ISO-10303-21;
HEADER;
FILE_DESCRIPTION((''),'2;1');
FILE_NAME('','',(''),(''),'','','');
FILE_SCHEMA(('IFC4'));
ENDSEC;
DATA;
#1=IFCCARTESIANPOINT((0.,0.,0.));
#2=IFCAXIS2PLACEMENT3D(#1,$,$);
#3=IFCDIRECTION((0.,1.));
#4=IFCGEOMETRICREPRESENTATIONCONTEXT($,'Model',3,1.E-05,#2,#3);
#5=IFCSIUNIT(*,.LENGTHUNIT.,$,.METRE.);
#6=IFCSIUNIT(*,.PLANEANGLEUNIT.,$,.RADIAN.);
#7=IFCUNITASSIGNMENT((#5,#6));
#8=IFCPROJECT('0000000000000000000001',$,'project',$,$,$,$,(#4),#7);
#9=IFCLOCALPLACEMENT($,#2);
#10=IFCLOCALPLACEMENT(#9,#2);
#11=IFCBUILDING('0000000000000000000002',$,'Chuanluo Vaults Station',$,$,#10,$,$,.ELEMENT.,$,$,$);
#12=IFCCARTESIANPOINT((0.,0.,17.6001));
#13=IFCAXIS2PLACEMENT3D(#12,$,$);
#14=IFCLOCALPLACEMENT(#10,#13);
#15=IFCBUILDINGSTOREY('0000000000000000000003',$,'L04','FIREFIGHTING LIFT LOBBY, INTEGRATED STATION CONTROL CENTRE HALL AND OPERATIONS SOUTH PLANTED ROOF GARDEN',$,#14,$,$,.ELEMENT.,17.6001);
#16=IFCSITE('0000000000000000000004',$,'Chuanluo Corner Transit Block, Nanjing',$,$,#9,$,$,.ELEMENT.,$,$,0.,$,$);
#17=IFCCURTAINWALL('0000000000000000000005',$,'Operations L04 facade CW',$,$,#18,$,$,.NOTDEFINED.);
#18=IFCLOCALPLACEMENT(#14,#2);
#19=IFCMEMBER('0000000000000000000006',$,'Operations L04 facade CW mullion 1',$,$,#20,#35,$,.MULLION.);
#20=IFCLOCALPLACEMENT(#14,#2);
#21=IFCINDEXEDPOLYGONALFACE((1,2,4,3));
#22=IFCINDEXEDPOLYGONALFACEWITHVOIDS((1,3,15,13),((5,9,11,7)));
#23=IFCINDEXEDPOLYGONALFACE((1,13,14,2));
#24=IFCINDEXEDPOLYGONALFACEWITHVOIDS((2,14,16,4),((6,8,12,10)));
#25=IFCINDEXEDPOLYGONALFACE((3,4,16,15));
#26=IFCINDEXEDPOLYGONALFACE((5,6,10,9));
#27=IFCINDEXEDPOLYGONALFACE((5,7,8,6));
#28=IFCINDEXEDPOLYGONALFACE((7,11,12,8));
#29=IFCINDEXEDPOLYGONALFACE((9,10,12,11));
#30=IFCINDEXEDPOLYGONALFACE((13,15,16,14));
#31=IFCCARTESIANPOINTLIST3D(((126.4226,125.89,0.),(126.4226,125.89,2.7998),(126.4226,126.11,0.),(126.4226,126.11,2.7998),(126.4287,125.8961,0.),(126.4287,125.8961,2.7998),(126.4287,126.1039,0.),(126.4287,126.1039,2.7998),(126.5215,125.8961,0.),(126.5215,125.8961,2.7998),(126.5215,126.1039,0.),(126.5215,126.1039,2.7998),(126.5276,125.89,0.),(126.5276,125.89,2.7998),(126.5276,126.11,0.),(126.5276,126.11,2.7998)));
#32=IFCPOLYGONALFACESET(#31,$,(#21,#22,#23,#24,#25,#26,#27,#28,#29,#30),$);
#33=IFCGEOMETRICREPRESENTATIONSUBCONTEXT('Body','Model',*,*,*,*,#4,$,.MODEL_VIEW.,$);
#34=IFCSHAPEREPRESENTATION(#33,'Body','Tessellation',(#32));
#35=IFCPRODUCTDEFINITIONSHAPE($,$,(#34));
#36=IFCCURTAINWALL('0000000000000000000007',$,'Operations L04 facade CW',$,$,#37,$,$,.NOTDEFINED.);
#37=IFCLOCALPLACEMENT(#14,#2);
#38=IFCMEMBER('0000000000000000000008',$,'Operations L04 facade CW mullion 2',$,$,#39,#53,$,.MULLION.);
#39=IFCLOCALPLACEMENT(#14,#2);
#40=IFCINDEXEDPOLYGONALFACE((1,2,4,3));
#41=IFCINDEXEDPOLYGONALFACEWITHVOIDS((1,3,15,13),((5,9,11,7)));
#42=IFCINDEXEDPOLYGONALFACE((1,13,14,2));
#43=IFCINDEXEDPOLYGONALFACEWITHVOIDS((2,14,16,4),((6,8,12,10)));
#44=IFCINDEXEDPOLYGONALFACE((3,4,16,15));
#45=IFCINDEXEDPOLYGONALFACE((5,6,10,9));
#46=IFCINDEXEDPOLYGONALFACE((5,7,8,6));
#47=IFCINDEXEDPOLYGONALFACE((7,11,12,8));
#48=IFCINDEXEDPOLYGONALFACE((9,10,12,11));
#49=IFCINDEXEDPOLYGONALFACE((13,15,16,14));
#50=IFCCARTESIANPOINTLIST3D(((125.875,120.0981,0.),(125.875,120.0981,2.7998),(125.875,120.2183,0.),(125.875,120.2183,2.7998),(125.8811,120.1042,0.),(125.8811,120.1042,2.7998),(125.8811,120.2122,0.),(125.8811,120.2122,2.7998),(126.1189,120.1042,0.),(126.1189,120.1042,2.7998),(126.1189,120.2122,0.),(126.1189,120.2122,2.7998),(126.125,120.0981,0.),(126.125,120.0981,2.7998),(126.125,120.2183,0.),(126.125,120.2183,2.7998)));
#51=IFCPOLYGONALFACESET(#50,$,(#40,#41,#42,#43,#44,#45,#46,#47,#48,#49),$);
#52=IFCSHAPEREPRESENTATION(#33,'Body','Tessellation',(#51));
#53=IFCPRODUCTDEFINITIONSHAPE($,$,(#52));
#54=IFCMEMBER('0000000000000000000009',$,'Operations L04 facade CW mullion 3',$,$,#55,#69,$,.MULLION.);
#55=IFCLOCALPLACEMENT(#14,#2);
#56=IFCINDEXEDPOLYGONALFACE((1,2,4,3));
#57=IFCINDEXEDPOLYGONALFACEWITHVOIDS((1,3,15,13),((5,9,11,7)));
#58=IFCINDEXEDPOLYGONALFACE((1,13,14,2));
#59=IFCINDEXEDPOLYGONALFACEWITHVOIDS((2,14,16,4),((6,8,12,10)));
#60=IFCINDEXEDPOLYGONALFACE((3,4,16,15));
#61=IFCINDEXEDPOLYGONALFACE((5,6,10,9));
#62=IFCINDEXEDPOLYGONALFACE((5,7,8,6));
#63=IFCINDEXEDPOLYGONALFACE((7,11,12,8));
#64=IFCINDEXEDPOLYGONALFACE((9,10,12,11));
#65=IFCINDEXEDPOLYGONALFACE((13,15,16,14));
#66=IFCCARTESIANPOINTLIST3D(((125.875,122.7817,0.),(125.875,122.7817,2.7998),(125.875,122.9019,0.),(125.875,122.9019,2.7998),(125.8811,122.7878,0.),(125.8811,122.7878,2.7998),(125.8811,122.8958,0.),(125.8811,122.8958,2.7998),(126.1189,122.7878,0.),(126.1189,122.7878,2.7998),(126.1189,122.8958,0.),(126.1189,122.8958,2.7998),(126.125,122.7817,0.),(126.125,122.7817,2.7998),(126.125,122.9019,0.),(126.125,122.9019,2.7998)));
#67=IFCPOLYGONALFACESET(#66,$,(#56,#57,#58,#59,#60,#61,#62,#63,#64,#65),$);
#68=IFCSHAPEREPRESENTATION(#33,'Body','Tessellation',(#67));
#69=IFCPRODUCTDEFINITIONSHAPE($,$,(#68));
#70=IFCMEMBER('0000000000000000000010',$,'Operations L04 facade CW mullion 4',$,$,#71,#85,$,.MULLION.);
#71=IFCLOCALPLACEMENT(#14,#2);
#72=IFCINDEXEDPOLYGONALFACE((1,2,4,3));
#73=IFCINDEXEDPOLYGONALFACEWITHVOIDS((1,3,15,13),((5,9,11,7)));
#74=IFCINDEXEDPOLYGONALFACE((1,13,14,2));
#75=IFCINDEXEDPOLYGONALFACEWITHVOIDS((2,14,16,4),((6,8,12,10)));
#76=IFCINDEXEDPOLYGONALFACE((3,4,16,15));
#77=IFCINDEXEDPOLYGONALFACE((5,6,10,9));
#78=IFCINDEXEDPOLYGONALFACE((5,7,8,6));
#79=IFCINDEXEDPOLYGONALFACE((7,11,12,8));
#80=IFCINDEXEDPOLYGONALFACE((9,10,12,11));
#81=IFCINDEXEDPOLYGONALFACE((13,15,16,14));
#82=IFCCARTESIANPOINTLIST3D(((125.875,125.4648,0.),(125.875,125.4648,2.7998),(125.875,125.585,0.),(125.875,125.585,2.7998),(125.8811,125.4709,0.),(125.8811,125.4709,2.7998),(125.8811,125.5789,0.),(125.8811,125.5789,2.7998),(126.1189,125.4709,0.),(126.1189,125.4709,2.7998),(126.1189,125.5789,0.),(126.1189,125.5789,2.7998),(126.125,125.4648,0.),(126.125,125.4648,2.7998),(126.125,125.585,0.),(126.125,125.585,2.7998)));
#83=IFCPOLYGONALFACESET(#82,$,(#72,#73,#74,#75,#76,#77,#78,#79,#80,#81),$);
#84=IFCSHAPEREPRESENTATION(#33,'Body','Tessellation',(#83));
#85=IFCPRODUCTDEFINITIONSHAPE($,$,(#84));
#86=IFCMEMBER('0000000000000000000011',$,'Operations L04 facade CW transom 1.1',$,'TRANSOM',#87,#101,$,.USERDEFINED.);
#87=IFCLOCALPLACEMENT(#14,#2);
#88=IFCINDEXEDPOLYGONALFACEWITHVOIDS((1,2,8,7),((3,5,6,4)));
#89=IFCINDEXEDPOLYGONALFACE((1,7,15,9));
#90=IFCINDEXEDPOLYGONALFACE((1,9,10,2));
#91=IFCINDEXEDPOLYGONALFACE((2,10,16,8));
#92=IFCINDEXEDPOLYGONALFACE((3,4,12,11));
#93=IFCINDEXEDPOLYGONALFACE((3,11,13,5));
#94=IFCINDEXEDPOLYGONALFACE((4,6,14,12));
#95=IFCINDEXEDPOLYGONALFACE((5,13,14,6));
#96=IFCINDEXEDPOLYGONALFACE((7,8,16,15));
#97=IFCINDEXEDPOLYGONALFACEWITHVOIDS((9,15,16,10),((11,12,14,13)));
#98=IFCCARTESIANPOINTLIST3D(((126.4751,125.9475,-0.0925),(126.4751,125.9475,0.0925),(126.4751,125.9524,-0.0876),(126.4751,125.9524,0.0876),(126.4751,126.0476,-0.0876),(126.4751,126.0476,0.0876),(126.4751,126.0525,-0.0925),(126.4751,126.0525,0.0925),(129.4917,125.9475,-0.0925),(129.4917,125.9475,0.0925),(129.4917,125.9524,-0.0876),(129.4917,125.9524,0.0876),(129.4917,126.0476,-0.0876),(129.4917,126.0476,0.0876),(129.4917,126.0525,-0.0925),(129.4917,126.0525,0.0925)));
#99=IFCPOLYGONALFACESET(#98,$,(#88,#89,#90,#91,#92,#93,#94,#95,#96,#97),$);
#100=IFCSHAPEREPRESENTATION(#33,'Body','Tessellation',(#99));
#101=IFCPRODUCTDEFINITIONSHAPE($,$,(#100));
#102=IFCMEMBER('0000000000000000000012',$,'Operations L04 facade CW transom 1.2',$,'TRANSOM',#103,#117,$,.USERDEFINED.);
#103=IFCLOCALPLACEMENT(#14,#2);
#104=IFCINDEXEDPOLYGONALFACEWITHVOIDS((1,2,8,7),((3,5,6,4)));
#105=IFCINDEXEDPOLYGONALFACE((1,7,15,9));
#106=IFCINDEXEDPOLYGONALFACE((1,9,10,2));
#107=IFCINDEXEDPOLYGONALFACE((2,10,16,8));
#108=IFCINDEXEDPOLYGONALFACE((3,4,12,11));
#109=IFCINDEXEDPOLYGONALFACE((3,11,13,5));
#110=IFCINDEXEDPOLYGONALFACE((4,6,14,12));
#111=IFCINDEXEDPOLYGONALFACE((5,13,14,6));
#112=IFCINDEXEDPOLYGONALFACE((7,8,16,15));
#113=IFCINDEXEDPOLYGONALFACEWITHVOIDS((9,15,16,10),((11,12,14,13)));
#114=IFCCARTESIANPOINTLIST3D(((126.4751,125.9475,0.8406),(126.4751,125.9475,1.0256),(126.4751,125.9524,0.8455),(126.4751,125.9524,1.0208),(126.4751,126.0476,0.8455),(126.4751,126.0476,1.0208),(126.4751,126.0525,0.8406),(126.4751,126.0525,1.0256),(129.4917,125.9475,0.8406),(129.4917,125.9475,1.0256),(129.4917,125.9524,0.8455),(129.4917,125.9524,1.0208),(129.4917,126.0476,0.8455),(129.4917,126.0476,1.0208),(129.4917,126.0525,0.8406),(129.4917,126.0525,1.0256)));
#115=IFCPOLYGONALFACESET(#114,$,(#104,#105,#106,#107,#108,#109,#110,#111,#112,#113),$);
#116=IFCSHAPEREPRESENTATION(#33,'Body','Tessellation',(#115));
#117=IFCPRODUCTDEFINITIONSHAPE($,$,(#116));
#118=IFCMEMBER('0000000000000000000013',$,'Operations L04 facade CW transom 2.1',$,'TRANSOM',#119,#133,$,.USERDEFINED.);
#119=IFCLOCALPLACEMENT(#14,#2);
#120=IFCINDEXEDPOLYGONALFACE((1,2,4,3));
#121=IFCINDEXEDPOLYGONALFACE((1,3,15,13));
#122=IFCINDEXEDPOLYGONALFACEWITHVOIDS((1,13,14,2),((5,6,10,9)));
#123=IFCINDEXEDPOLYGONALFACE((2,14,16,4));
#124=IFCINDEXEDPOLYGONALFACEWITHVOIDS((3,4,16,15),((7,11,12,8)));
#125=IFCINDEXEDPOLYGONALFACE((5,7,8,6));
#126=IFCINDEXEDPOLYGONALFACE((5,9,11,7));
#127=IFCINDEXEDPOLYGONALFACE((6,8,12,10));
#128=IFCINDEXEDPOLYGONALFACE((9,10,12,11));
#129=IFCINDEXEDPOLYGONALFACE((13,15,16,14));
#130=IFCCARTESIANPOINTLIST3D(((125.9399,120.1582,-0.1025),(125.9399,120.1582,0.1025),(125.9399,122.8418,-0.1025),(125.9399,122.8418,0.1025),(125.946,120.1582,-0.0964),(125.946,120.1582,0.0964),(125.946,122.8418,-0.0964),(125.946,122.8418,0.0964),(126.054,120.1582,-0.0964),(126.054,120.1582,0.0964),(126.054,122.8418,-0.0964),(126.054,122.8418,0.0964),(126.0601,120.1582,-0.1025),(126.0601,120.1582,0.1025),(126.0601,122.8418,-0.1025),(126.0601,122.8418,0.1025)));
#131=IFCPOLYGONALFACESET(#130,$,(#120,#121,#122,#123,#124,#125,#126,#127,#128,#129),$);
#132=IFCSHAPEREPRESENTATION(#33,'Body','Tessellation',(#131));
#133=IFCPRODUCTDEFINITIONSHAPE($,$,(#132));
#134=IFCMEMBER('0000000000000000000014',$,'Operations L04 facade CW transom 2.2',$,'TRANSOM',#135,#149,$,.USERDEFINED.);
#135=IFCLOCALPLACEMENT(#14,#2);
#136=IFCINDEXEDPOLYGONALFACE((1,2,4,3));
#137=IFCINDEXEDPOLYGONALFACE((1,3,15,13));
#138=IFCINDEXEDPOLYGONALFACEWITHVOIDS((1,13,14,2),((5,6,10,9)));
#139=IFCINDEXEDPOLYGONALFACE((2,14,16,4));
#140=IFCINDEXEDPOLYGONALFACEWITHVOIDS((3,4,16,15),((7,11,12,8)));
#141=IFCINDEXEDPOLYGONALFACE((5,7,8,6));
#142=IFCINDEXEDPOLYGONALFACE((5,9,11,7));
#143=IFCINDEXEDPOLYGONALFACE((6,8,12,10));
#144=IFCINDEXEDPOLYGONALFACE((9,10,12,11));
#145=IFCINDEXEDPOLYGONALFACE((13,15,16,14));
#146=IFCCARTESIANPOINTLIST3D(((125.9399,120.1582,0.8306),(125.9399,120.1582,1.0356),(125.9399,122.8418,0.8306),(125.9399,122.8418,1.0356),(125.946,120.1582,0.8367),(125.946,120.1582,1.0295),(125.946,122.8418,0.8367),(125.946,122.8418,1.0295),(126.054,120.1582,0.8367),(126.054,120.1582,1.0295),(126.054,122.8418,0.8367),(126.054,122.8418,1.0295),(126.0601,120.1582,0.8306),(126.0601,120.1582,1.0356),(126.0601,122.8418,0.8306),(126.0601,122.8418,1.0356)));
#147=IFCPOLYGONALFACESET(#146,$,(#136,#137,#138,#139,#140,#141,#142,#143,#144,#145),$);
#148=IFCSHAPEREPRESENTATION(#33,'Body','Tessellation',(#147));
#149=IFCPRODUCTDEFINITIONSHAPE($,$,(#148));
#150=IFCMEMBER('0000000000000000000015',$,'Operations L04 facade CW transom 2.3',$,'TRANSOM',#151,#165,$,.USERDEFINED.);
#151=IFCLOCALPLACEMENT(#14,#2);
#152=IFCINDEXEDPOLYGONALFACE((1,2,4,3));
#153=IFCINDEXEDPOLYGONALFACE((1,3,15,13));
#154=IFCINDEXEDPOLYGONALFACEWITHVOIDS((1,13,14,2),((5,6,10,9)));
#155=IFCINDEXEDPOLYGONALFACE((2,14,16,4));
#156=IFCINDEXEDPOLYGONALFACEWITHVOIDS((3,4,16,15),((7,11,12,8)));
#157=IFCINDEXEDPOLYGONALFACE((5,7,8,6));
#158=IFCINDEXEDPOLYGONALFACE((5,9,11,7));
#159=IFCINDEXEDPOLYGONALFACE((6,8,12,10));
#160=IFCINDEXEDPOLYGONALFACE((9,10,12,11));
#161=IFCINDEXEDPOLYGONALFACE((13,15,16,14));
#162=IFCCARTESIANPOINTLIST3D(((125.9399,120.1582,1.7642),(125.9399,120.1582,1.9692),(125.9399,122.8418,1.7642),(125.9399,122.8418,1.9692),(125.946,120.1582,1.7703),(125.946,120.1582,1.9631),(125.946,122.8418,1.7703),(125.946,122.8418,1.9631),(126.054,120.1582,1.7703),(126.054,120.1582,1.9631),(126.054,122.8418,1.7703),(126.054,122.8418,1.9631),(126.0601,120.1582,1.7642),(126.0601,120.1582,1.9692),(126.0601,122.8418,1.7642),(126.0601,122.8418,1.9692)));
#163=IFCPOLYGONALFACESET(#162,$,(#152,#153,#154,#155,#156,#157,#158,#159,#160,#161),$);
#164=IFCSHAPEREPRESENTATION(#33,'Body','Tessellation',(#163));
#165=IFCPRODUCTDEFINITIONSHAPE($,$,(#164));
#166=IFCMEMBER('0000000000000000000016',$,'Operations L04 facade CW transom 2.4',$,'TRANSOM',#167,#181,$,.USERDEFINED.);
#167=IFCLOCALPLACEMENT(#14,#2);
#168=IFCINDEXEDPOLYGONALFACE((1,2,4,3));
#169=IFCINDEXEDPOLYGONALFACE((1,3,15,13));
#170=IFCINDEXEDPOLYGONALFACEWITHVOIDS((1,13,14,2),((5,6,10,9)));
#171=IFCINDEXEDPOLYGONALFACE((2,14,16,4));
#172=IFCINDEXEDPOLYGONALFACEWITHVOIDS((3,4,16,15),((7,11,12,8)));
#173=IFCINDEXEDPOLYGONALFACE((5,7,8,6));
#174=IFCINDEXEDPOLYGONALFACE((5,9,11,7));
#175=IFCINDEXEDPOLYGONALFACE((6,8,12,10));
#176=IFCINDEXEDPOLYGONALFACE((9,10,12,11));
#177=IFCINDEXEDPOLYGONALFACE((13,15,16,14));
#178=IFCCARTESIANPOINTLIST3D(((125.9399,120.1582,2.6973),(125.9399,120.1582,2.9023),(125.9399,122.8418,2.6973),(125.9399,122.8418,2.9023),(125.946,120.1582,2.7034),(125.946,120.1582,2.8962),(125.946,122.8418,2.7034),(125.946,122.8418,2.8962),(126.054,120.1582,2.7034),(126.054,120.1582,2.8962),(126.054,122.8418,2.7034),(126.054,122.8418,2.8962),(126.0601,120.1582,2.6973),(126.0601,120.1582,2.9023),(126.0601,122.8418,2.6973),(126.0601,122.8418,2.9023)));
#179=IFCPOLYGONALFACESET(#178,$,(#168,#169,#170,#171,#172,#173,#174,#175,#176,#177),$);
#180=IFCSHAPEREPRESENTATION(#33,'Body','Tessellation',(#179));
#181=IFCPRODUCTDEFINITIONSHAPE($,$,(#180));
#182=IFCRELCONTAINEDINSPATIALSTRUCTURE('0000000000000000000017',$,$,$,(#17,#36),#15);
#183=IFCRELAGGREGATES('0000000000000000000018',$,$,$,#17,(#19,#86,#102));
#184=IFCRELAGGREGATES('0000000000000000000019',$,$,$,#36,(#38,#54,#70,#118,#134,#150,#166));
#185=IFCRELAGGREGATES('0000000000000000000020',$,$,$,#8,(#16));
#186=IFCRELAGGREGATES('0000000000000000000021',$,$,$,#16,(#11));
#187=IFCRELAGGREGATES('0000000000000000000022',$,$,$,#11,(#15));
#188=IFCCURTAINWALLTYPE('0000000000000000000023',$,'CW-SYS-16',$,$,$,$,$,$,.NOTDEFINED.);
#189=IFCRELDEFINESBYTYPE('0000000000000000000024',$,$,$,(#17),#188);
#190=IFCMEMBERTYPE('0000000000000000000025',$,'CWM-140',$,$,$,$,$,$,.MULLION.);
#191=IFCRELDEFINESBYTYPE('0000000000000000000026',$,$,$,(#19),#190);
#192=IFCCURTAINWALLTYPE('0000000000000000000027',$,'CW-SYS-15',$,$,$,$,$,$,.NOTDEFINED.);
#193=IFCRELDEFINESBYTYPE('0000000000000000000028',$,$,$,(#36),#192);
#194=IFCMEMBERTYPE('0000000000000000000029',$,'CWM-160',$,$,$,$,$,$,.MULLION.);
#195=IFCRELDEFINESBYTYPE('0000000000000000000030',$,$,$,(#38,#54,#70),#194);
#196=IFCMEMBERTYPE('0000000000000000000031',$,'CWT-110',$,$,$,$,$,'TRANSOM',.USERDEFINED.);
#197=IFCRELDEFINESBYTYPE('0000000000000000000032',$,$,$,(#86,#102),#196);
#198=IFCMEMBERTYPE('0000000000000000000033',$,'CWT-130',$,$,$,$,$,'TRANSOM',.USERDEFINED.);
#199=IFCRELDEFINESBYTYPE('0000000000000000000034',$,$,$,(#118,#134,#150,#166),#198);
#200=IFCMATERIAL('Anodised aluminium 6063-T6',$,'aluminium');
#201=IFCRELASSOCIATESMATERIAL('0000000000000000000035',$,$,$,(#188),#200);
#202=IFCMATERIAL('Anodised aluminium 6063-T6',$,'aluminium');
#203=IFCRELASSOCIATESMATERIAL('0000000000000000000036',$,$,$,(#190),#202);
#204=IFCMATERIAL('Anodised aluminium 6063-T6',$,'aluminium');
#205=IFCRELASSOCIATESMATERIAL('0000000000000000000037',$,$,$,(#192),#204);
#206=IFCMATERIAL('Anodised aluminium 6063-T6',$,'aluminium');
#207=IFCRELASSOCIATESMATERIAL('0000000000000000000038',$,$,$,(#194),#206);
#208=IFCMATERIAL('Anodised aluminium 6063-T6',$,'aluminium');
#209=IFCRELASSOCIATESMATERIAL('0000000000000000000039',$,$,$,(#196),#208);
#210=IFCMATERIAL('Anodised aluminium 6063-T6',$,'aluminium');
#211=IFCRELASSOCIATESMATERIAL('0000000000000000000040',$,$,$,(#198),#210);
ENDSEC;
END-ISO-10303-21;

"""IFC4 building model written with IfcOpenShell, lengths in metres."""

from ifc_helpers import new_model, si_unit, direction, frame, origin, origin_2d, place, context, subcontext, project, spatial, hollow_rectangle, extrude, material, material_profile, profile_set, type_object, element, aggregate, save


model = new_model("IFC4")

# Units and contexts
model_context = context("Model", 3, precision=1e-05, world=origin(), true_north=direction((0.0, 1.0)))
body_context = subcontext(model_context, "Body", "Model", "MODEL_VIEW")
ifc_project = project(units=[si_unit("LENGTHUNIT", "METRE"), si_unit("PLANEANGLEUNIT", "RADIAN")], contexts=[model_context])

# Site, building, storey
site_placement = place(None, origin())
site = spatial("IfcSite", under=ifc_project, at=site_placement, Name="Chuanluo Corner Transit Block, Nanjing", CompositionType="ELEMENT", RefElevation=0.0)
building_placement = place(site_placement, origin())
building = spatial("IfcBuilding", under=site, at=building_placement, Name="Chuanluo Vaults Station", CompositionType="ELEMENT")
storey_placement = place(building_placement, frame((0.0, 0.0, 17.6001)))
storey = spatial("IfcBuildingStorey", under=building, at=storey_placement, Name="L04", Description="FIREFIGHTING LIFT LOBBY, INTEGRATED STATION CONTROL CENTRE HALL AND OPERATIONS SOUTH PLANTED ROOF GARDEN", CompositionType="ELEMENT", Elevation=17.6001)

# Curtain wall, member
ifc_material_1 = material(Name="Anodised aluminium 6063-T6", Category="aluminium")
curtain_wall_type_1 = type_object("IfcCurtainWallType", Name="CW-SYS-16", PredefinedType="NOTDEFINED", material=ifc_material_1)
curtain_wall_1_placement = place(storey_placement, origin())
curtain_wall_1 = element("IfcCurtainWall", 1, at=curtain_wall_1_placement, inside=storey, type_object=curtain_wall_type_1, Name="Operations L04 facade CW", PredefinedType="NOTDEFINED")
ifc_material_2 = material(Name="Anodised aluminium 6063-T6", Category="aluminium")
ifc_material_profile_1 = material_profile(ifc_material_2, hollow_rectangle(XDim=0.105, YDim=0.22, WallThickness=0.0061, at=origin_2d()))
ifc_profile_set_1 = profile_set([ifc_material_profile_1], Name="Anodised aluminium 6063-T6")
member_type_1 = type_object("IfcMemberType", Name="CWM-140", PredefinedType="MULLION", material=ifc_profile_set_1)
member_1_placement = place(storey_placement, frame((126.4751, 126.0, 0.0), z_axis=(0.0, 0.0, 1.0), x_axis=(1.0, 0.0, 0.0)))
member_1 = element("IfcMember", 2, at=member_1_placement, type_object=member_type_1, Name="Operations L04 facade CW mullion 1", PredefinedType="MULLION", context=body_context, shape_type="SweptSolid", body=[
    extrude(hollow_rectangle(XDim=0.105, YDim=0.22, WallThickness=0.0061, at=origin_2d()), origin(), (0.0, 0.0, 1.0), 2.7998),
])

# Curtain wall, members
ifc_material_3 = material(Name="Anodised aluminium 6063-T6", Category="aluminium")
curtain_wall_type_2 = type_object("IfcCurtainWallType", Name="CW-SYS-15", PredefinedType="NOTDEFINED", material=ifc_material_3)
curtain_wall_2_placement = place(storey_placement, origin())
curtain_wall_2 = element("IfcCurtainWall", 3, at=curtain_wall_2_placement, inside=storey, type_object=curtain_wall_type_2, Name="Operations L04 facade CW", PredefinedType="NOTDEFINED")
ifc_material_4 = material(Name="Anodised aluminium 6063-T6", Category="aluminium")
ifc_material_profile_2 = material_profile(ifc_material_4, hollow_rectangle(XDim=0.1201, YDim=0.25, WallThickness=0.0061, at=origin_2d()))
ifc_profile_set_2 = profile_set([ifc_material_profile_2], Name="Anodised aluminium 6063-T6")
member_type_2 = type_object("IfcMemberType", Name="CWM-160", PredefinedType="MULLION", material=ifc_profile_set_2)
member_2_placement = place(storey_placement, frame((126.0, 120.1582, 0.0), z_axis=(0.0, 0.0, 1.0), x_axis=(0.0, 1.0, 0.0)))
member_2 = element("IfcMember", 4, at=member_2_placement, type_object=member_type_2, Name="Operations L04 facade CW mullion 2", PredefinedType="MULLION", context=body_context, shape_type="SweptSolid", body=[
    extrude(hollow_rectangle(XDim=0.1201, YDim=0.25, WallThickness=0.0061, at=origin_2d()), origin(), (0.0, 0.0, 1.0), 2.7998),
])
member_3_placement = place(storey_placement, frame((126.0, 122.8418, 0.0), z_axis=(0.0, 0.0, 1.0), x_axis=(0.0, 1.0, 0.0)))
member_3 = element("IfcMember", 5, at=member_3_placement, type_object=member_type_2, Name="Operations L04 facade CW mullion 3", PredefinedType="MULLION", context=body_context, shape_type="SweptSolid", body=[
    extrude(hollow_rectangle(XDim=0.1201, YDim=0.25, WallThickness=0.0061, at=origin_2d()), origin(), (0.0, 0.0, 1.0), 2.7998),
])
member_4_placement = place(storey_placement, frame((126.0, 125.5249, 0.0), z_axis=(0.0, 0.0, 1.0), x_axis=(0.0, 1.0, 0.0)))
member_4 = element("IfcMember", 6, at=member_4_placement, type_object=member_type_2, Name="Operations L04 facade CW mullion 4", PredefinedType="MULLION", context=body_context, shape_type="SweptSolid", body=[
    extrude(hollow_rectangle(XDim=0.1201, YDim=0.25, WallThickness=0.0061, at=origin_2d()), origin(), (0.0, 0.0, 1.0), 2.7998),
])

# Members
ifc_material_5 = material(Name="Anodised aluminium 6063-T6", Category="aluminium")
ifc_material_profile_3 = material_profile(ifc_material_5, hollow_rectangle(XDim=0.105, YDim=0.1851, WallThickness=0.0049, at=origin_2d()))
ifc_profile_set_3 = profile_set([ifc_material_profile_3], Name="Anodised aluminium 6063-T6")
member_type_3 = type_object("IfcMemberType", Name="CWT-110", ElementType="TRANSOM", PredefinedType="USERDEFINED", material=ifc_profile_set_3)
member_5_placement = place(storey_placement, frame((126.4751, 126.0, 0.0), z_axis=(1.0, 0.0, 0.0), x_axis=(0.0, 1.0, 0.0)))
member_5 = element("IfcMember", 7, at=member_5_placement, type_object=member_type_3, Name="Operations L04 facade CW transom 1.1", ObjectType="TRANSOM", PredefinedType="USERDEFINED", context=body_context, shape_type="SweptSolid", body=[
    extrude(hollow_rectangle(XDim=0.105, YDim=0.1851, WallThickness=0.0049, at=origin_2d()), origin(), (0.0, 0.0, 1.0), 3.0166),
])
member_6_placement = place(storey_placement, frame((126.4751, 126.0, 0.9331), z_axis=(1.0, 0.0, 0.0), x_axis=(0.0, 1.0, 0.0)))
member_6 = element("IfcMember", 8, at=member_6_placement, type_object=member_type_3, Name="Operations L04 facade CW transom 1.2", ObjectType="TRANSOM", PredefinedType="USERDEFINED", context=body_context, shape_type="SweptSolid", body=[
    extrude(hollow_rectangle(XDim=0.105, YDim=0.1851, WallThickness=0.0049, at=origin_2d()), origin(), (0.0, 0.0, 1.0), 3.0166),
])
aggregate(curtain_wall_1, [member_1, member_5, member_6])
ifc_material_6 = material(Name="Anodised aluminium 6063-T6", Category="aluminium")
ifc_material_profile_4 = material_profile(ifc_material_6, hollow_rectangle(XDim=0.1201, YDim=0.2051, WallThickness=0.0061, at=origin_2d()))
ifc_profile_set_4 = profile_set([ifc_material_profile_4], Name="Anodised aluminium 6063-T6")
member_type_4 = type_object("IfcMemberType", Name="CWT-130", ElementType="TRANSOM", PredefinedType="USERDEFINED", material=ifc_profile_set_4)
member_7_placement = place(storey_placement, frame((126.0, 120.1582, 0.0), z_axis=(0.0, 1.0, 0.0), x_axis=(-1.0, 0.0, 0.0)))
member_7 = element("IfcMember", 9, at=member_7_placement, type_object=member_type_4, Name="Operations L04 facade CW transom 2.1", ObjectType="TRANSOM", PredefinedType="USERDEFINED", context=body_context, shape_type="SweptSolid", body=[
    extrude(hollow_rectangle(XDim=0.1201, YDim=0.2051, WallThickness=0.0061, at=origin_2d()), origin(), (0.0, 0.0, 1.0), 2.6836),
])
member_8_placement = place(storey_placement, frame((126.0, 120.1582, 0.9331), z_axis=(0.0, 1.0, 0.0), x_axis=(-1.0, 0.0, 0.0)))
member_8 = element("IfcMember", 10, at=member_8_placement, type_object=member_type_4, Name="Operations L04 facade CW transom 2.2", ObjectType="TRANSOM", PredefinedType="USERDEFINED", context=body_context, shape_type="SweptSolid", body=[
    extrude(hollow_rectangle(XDim=0.1201, YDim=0.2051, WallThickness=0.0061, at=origin_2d()), origin(), (0.0, 0.0, 1.0), 2.6836),
])
member_9_placement = place(storey_placement, frame((126.0, 120.1582, 1.8667), z_axis=(0.0, 1.0, 0.0), x_axis=(-1.0, 0.0, 0.0)))
member_9 = element("IfcMember", 11, at=member_9_placement, type_object=member_type_4, Name="Operations L04 facade CW transom 2.3", ObjectType="TRANSOM", PredefinedType="USERDEFINED", context=body_context, shape_type="SweptSolid", body=[
    extrude(hollow_rectangle(XDim=0.1201, YDim=0.2051, WallThickness=0.0061, at=origin_2d()), origin(), (0.0, 0.0, 1.0), 2.6836),
])
member_10_placement = place(storey_placement, frame((126.0, 120.1582, 2.7998), z_axis=(0.0, 1.0, 0.0), x_axis=(-1.0, 0.0, 0.0)))
member_10 = element("IfcMember", 12, at=member_10_placement, type_object=member_type_4, Name="Operations L04 facade CW transom 2.4", ObjectType="TRANSOM", PredefinedType="USERDEFINED", context=body_context, shape_type="SweptSolid", body=[
    extrude(hollow_rectangle(XDim=0.1201, YDim=0.2051, WallThickness=0.0061, at=origin_2d()), origin(), (0.0, 0.0, 1.0), 2.6836),
])

aggregate(curtain_wall_2, [member_2, member_3, member_4, member_7, member_8, member_9, member_10])

save(model, "model.ifc")
